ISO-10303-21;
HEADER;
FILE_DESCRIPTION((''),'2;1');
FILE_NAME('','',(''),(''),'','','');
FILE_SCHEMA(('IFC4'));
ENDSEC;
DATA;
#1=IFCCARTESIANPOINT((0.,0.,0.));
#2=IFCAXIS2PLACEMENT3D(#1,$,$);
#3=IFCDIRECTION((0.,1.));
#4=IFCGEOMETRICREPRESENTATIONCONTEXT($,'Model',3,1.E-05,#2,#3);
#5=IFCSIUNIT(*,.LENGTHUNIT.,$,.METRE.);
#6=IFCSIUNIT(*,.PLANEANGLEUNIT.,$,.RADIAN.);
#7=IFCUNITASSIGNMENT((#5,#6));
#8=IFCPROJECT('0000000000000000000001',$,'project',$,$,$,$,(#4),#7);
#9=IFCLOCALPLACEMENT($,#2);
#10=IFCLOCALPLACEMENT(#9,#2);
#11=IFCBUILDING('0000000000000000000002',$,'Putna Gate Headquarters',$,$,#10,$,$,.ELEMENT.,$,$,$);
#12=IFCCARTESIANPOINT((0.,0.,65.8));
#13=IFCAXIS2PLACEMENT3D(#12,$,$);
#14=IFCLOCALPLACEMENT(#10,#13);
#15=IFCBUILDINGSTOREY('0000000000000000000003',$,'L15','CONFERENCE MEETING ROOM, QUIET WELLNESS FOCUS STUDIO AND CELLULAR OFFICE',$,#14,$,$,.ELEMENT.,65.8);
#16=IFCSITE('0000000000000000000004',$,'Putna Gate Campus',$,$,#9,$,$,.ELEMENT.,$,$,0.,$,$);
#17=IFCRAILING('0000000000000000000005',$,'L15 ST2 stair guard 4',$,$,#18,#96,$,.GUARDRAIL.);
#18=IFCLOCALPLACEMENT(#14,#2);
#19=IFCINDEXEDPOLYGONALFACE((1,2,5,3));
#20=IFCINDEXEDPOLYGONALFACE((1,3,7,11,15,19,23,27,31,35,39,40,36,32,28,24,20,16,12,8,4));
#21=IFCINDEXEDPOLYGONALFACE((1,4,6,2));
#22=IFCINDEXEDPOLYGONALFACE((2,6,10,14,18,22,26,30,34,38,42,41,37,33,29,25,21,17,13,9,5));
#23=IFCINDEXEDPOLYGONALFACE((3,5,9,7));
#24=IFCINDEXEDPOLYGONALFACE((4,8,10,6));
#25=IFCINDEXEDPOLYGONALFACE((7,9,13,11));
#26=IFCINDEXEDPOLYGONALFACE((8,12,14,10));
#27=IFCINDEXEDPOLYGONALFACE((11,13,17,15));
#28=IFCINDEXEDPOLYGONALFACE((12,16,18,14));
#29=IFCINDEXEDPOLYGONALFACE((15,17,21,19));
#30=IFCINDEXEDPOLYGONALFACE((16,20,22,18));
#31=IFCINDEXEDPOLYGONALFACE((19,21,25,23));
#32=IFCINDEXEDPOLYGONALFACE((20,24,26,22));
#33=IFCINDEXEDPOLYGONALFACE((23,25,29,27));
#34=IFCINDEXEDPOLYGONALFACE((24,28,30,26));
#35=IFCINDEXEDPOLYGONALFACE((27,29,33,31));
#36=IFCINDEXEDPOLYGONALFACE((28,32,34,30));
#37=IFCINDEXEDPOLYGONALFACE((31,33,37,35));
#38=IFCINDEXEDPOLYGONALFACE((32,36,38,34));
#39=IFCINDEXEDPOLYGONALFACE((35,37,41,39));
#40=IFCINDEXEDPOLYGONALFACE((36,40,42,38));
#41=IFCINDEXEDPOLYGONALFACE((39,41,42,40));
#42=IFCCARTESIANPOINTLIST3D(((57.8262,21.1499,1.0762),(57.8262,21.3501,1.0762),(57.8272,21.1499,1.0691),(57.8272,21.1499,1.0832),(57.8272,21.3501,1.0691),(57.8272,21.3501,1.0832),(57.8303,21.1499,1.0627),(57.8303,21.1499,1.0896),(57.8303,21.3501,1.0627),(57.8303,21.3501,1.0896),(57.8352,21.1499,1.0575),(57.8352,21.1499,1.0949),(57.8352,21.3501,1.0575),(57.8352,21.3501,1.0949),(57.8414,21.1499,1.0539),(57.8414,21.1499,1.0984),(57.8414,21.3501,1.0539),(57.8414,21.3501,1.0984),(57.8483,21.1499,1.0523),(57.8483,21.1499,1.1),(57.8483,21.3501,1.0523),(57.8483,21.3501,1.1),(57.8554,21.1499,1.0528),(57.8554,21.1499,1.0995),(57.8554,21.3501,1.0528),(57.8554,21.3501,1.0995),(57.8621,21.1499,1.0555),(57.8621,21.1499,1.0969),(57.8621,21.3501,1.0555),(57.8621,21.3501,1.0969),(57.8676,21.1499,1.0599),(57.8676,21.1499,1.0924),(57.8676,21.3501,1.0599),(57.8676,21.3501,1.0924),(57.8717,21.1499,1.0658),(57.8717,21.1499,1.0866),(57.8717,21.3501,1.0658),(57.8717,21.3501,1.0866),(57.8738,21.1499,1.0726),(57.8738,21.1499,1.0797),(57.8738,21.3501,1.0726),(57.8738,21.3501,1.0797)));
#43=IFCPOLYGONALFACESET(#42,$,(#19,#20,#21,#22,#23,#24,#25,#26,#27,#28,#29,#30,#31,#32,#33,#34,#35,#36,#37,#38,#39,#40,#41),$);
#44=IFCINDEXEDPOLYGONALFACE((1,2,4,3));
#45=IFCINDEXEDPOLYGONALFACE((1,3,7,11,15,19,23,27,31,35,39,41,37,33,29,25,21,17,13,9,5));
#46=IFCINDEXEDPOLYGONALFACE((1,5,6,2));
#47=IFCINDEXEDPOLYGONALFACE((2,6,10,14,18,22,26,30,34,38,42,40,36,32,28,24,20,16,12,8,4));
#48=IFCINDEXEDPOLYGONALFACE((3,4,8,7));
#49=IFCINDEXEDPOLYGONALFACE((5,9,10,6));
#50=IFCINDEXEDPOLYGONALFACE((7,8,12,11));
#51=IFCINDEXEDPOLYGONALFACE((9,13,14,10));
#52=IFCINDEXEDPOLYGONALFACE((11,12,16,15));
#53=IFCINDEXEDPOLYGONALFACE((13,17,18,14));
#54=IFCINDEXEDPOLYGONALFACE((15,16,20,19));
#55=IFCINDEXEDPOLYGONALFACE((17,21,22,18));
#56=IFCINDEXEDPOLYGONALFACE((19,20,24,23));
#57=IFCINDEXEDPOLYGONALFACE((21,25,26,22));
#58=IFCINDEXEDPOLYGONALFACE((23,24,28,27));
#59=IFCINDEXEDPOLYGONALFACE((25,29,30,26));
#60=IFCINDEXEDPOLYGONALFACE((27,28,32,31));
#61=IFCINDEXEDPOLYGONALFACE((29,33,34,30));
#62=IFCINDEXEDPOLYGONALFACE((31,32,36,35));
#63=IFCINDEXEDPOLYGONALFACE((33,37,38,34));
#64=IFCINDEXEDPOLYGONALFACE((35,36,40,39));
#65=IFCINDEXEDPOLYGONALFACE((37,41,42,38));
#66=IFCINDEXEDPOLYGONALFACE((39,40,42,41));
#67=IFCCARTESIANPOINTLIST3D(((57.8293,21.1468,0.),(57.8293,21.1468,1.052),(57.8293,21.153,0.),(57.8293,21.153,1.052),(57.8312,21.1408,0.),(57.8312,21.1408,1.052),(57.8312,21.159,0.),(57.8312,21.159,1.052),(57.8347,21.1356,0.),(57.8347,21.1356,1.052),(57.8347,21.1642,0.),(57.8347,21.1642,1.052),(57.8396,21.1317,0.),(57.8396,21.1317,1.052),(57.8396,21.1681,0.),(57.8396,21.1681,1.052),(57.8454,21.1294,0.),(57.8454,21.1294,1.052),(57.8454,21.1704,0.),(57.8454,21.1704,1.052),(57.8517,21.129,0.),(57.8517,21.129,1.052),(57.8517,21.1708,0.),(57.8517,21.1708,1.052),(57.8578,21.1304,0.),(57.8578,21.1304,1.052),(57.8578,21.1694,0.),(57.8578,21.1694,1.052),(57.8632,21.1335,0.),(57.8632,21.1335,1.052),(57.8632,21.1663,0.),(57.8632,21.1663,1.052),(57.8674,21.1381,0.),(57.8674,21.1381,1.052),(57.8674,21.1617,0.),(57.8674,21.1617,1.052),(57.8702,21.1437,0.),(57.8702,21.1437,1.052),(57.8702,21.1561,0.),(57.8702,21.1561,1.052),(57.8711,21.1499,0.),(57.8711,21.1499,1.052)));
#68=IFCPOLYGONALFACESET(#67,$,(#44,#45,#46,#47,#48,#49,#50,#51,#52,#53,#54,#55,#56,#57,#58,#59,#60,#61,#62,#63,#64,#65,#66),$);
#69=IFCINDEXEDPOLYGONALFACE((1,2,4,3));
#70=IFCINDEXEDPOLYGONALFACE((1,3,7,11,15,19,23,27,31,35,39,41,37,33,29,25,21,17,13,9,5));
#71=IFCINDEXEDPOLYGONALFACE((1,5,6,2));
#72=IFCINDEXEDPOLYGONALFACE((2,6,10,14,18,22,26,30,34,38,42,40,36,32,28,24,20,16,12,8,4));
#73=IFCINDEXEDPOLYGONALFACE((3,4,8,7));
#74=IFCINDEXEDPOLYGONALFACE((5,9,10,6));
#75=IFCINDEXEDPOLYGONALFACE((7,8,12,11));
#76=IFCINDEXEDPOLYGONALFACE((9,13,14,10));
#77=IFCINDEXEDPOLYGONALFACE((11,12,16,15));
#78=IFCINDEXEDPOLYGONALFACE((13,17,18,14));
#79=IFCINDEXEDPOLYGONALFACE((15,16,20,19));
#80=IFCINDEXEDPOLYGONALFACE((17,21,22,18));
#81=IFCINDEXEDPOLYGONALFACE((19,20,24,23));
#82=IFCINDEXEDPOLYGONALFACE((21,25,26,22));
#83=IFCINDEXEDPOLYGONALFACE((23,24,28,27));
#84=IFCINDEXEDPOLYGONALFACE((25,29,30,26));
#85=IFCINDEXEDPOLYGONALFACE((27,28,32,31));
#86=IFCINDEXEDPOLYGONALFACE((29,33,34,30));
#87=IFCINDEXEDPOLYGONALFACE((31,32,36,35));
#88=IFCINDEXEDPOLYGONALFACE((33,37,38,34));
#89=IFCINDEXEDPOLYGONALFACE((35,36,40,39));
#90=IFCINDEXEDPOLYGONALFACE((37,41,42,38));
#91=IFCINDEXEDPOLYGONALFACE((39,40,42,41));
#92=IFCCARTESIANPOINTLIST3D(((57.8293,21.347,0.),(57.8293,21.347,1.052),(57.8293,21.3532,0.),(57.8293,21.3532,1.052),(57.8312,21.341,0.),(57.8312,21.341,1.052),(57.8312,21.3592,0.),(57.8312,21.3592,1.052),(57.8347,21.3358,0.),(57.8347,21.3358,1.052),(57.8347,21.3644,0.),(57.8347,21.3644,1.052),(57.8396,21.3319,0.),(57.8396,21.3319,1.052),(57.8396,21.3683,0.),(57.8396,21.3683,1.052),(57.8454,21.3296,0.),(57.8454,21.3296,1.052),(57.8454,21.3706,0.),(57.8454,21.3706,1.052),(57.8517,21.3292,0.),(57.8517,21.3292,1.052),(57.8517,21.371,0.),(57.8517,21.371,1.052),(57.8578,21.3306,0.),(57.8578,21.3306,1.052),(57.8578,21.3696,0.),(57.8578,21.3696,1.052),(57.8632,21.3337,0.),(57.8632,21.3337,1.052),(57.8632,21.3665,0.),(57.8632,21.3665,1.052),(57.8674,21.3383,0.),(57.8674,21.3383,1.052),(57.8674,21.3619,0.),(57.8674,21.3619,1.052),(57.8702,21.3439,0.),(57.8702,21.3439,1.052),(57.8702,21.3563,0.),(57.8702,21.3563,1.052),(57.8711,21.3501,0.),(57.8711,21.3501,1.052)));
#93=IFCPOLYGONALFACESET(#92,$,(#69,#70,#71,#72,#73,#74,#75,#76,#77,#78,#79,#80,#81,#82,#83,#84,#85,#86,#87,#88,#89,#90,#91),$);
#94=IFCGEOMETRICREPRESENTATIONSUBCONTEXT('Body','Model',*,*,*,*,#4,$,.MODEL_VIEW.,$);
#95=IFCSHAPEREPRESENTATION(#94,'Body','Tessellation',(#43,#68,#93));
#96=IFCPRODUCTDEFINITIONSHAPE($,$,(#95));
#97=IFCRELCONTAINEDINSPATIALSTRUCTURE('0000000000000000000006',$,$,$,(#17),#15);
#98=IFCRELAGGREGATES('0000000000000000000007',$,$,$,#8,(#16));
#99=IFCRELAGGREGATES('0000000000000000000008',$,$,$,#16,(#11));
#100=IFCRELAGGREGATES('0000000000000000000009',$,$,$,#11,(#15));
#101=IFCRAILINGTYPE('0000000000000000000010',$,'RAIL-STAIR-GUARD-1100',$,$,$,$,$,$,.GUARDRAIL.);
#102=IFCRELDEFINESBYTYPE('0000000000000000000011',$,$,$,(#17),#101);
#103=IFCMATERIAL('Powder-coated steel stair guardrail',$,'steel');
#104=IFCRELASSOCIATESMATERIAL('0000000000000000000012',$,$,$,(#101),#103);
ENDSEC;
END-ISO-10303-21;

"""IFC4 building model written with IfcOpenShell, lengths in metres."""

from ifc_helpers import new_model, si_unit, direction, frame, origin, origin_2d, place, context, subcontext, project, spatial, circle, extrude, material, type_object, element, save


model = new_model("IFC4")

# Units and contexts
model_context = context("Model", 3, precision=1e-05, world=origin(), true_north=direction((0.0, 1.0)))
body_context = subcontext(model_context, "Body", "Model", "MODEL_VIEW")
ifc_project = project(units=[si_unit("LENGTHUNIT", "METRE"), si_unit("PLANEANGLEUNIT", "RADIAN")], contexts=[model_context])

# Site, building, storey
site_placement = place(None, origin())
site = spatial("IfcSite", under=ifc_project, at=site_placement, Name="Putna Gate Campus", CompositionType="ELEMENT", RefElevation=0.0)
building_placement = place(site_placement, origin())
building = spatial("IfcBuilding", under=site, at=building_placement, Name="Putna Gate Headquarters", CompositionType="ELEMENT")
storey_placement = place(building_placement, frame((0.0, 0.0, 65.8)))
storey = spatial("IfcBuildingStorey", under=building, at=storey_placement, Name="L15", Description="CONFERENCE MEETING ROOM, QUIET WELLNESS FOCUS STUDIO AND CELLULAR OFFICE", CompositionType="ELEMENT", Elevation=65.8)

# Railing
ifc_material_1 = material(Name="Powder-coated steel stair guardrail", Category="steel")
railing_type_1 = type_object("IfcRailingType", Name="RAIL-STAIR-GUARD-1100", PredefinedType="GUARDRAIL", material=ifc_material_1)
railing_1_placement = place(storey_placement, frame((57.8501, 21.1499, 0.0)))
element("IfcRailing", 1, at=railing_1_placement, inside=storey, type_object=railing_type_1, Name="L15 ST2 stair guard 4", PredefinedType="GUARDRAIL", context=body_context, shape_type="SweptSolid", body=[
    extrude(circle(Radius=0.0239, at=origin_2d()), frame((0.0, 0.0, 1.0762), z_axis=(0.0, 1.0, 0.0), x_axis=(-1.0, 0.0, 0.0)), (0.0, 0.0, 1.0), 0.2002),
    extrude(circle(Radius=0.021, at=origin_2d()), origin(), (0.0, 0.0, 1.0), 1.052),
    extrude(circle(Radius=0.021, at=origin_2d()), frame((0.0, 0.2002, 0.0)), (0.0, 0.0, 1.0), 1.052),
])

save(model, "model.ifc")
